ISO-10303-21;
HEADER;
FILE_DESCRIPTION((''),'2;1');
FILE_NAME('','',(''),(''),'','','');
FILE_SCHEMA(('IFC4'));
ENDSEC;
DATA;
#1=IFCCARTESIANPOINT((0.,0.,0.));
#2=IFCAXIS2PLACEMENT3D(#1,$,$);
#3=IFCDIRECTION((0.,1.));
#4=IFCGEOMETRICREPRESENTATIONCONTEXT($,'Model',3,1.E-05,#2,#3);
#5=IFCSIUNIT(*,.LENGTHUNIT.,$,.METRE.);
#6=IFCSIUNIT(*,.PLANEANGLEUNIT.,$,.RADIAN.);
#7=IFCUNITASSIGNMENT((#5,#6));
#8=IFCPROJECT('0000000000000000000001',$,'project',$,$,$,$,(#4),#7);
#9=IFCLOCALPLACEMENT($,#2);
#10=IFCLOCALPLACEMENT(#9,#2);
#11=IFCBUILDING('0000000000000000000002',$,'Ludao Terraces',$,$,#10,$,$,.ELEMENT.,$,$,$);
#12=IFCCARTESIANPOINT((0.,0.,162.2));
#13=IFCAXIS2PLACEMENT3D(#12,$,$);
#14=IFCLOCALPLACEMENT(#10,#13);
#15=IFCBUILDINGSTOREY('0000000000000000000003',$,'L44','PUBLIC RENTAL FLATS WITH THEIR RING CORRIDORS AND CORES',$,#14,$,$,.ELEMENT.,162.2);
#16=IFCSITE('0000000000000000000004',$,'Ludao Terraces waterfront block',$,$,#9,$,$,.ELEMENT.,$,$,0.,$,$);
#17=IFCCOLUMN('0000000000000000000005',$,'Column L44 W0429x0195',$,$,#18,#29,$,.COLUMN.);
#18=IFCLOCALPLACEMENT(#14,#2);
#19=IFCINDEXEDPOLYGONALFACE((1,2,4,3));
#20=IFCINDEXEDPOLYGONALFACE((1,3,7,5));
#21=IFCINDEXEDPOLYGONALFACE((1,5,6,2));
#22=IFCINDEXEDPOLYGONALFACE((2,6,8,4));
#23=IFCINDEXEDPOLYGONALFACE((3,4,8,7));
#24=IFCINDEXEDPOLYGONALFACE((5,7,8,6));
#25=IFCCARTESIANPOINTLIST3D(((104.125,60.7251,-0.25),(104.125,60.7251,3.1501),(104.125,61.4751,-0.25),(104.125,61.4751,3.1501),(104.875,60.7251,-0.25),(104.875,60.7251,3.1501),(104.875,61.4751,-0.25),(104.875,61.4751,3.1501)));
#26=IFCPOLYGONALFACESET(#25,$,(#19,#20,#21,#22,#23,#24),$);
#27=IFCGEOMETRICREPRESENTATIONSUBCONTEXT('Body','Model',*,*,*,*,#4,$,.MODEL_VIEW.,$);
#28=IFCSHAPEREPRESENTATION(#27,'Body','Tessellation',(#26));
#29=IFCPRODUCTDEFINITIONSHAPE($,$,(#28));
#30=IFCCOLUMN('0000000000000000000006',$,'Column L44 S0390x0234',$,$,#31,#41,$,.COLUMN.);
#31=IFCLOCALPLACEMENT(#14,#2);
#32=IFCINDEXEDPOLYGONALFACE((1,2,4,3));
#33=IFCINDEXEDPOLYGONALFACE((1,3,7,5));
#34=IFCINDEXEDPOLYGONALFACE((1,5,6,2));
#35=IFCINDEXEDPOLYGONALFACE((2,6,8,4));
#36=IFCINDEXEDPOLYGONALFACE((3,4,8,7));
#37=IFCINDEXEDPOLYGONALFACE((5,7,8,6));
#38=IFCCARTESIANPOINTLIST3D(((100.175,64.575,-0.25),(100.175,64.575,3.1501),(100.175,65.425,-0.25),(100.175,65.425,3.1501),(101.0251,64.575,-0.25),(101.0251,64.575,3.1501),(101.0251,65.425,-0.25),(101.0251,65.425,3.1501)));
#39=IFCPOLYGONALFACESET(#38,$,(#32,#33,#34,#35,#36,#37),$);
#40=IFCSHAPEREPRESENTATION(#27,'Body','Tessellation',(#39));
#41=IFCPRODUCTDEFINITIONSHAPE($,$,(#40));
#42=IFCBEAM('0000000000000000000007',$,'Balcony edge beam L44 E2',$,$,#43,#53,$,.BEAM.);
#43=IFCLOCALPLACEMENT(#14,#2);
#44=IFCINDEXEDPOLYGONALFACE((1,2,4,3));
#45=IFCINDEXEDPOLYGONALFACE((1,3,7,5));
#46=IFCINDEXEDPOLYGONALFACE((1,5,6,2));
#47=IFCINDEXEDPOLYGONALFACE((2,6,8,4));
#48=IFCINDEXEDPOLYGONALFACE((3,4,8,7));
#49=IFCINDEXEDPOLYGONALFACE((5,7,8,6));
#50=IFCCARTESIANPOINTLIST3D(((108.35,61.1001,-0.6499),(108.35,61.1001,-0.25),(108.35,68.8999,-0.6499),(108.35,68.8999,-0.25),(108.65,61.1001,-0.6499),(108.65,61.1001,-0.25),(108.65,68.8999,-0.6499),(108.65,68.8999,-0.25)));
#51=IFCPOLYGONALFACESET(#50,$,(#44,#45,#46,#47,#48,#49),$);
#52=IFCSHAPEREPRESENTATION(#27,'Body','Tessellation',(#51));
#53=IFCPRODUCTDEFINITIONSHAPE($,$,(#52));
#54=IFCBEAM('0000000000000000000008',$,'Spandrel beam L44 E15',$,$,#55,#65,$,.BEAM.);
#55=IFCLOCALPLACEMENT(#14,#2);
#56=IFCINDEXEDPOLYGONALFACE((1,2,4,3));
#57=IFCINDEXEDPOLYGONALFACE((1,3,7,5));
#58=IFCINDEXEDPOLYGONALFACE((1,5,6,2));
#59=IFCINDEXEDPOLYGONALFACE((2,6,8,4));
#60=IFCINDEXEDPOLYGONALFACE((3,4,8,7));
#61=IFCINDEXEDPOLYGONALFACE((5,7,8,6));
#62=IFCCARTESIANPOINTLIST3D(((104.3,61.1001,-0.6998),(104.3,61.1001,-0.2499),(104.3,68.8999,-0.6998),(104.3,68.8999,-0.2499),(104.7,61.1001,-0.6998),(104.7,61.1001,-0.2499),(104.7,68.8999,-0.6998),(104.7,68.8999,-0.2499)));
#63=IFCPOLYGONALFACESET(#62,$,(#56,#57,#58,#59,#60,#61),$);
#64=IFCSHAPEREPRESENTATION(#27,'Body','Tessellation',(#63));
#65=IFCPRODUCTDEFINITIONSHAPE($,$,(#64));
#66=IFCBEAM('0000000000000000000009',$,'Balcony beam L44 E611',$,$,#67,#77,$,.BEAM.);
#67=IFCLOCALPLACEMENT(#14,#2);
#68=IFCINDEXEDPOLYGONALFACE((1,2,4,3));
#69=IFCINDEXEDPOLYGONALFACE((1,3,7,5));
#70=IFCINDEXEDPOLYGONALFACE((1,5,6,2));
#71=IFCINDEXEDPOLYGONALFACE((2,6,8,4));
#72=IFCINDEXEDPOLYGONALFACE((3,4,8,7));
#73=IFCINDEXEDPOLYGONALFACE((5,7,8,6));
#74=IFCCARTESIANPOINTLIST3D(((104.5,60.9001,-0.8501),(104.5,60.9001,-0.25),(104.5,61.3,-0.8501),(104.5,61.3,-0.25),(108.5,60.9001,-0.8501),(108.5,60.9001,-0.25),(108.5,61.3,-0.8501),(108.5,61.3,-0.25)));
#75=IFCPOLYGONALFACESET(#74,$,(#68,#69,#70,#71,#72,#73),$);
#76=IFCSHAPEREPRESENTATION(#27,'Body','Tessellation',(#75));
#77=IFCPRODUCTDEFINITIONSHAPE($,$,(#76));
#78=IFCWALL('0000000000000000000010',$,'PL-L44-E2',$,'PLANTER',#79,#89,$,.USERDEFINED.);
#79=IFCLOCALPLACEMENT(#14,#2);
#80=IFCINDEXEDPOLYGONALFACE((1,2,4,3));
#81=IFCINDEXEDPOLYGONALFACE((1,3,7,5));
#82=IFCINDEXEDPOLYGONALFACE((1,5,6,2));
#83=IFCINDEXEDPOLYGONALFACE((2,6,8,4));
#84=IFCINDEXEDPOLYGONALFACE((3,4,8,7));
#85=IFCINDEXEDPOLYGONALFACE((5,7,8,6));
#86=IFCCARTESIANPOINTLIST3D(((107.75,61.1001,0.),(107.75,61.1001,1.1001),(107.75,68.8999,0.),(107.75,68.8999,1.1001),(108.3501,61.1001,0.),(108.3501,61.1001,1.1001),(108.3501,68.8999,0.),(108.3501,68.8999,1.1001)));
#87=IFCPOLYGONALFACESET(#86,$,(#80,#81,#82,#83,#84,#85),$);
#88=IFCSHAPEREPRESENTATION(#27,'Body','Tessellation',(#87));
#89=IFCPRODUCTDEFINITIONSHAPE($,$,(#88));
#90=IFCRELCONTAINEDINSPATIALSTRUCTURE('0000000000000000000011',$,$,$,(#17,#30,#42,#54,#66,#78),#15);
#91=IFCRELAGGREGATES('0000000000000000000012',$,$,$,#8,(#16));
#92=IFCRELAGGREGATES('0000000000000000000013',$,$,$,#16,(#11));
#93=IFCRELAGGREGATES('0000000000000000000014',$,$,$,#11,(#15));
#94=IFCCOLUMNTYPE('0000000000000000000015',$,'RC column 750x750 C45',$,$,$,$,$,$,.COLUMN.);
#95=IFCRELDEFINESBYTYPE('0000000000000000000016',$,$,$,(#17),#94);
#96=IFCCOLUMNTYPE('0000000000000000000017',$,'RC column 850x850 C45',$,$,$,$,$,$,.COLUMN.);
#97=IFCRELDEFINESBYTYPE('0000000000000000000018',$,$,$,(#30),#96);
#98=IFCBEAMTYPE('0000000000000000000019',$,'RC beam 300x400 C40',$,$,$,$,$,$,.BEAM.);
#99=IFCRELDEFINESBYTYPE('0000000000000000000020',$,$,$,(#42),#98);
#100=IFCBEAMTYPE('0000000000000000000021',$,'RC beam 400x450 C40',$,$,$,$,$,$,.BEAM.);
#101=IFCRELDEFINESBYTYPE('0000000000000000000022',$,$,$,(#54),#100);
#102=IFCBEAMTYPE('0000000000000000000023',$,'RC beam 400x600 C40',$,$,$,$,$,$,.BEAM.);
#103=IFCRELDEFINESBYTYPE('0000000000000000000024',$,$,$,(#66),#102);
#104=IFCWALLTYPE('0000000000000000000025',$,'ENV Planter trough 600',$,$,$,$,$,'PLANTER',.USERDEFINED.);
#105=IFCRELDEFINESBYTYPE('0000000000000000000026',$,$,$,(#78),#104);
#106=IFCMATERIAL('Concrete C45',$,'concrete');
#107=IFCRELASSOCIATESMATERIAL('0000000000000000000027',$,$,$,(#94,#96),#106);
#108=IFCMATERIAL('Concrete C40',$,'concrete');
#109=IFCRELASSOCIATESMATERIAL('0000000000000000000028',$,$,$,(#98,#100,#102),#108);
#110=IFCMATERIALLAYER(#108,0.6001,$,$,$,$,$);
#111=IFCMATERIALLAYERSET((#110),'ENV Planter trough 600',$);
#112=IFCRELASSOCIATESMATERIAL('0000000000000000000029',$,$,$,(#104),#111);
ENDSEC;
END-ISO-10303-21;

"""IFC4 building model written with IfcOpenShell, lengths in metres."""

from ifc_helpers import new_model, si_unit, direction, frame, frame_2d, origin, origin_2d, place, context, subcontext, project, spatial, rectangle, extrude, material, layer, layer_set, material_profile, profile_set, type_object, element, save


model = new_model("IFC4")

# Units and contexts
model_context = context("Model", 3, precision=1e-05, world=origin(), true_north=direction((0.0, 1.0)))
body_context = subcontext(model_context, "Body", "Model", "MODEL_VIEW")
ifc_project = project(units=[si_unit("LENGTHUNIT", "METRE"), si_unit("PLANEANGLEUNIT", "RADIAN")], contexts=[model_context])

# Site, building, storey
site_placement = place(None, origin())
site = spatial("IfcSite", under=ifc_project, at=site_placement, Name="Ludao Terraces waterfront block", CompositionType="ELEMENT", RefElevation=0.0)
building_placement = place(site_placement, origin())
building = spatial("IfcBuilding", under=site, at=building_placement, Name="Ludao Terraces", CompositionType="ELEMENT")
storey_placement = place(building_placement, frame((0.0, 0.0, 162.2)))
storey = spatial("IfcBuildingStorey", under=building, at=storey_placement, Name="L44", Description="PUBLIC RENTAL FLATS WITH THEIR RING CORRIDORS AND CORES", CompositionType="ELEMENT", Elevation=162.2)

# Columns
ifc_material_1 = material(Name="Concrete C45", Category="concrete")
ifc_material_profile_1 = material_profile(ifc_material_1, rectangle(XDim=0.75, YDim=0.75, at=origin_2d()), Name="750 X 750")
ifc_profile_set_1 = profile_set([ifc_material_profile_1], Name="Concrete C45")
column_type_1 = type_object("IfcColumnType", Name="RC column 750x750 C45", PredefinedType="COLUMN", material=ifc_profile_set_1)
column_1_placement = place(storey_placement, frame((104.5, 61.1001, -0.25), z_axis=(0.0, 0.0, 1.0), x_axis=(1.0, 0.0, 0.0)))
element("IfcColumn", 1, at=column_1_placement, inside=storey, type_object=column_type_1, Name="Column L44 W0429x0195", PredefinedType="COLUMN", context=body_context, shape_type="SweptSolid", body=[
    extrude(rectangle(XDim=0.75, YDim=0.75, at=origin_2d()), origin(), (0.0, 0.0, 1.0), 3.4001),
])
ifc_material_profile_2 = material_profile(ifc_material_1, rectangle(XDim=0.8501, YDim=0.8501, at=origin_2d()), Name="850 X 850")
ifc_profile_set_2 = profile_set([ifc_material_profile_2], Name="Concrete C45")
column_type_2 = type_object("IfcColumnType", Name="RC column 850x850 C45", PredefinedType="COLUMN", material=ifc_profile_set_2)
column_2_placement = place(storey_placement, frame((100.6001, 65.0, -0.25), z_axis=(0.0, 0.0, 1.0), x_axis=(1.0, 0.0, 0.0)))
element("IfcColumn", 2, at=column_2_placement, inside=storey, type_object=column_type_2, Name="Column L44 S0390x0234", PredefinedType="COLUMN", context=body_context, shape_type="SweptSolid", body=[
    extrude(rectangle(XDim=0.8501, YDim=0.8501, at=origin_2d()), origin(), (0.0, 0.0, 1.0), 3.4001),
])

# Beams
ifc_material_2 = material(Name="Concrete C40", Category="concrete")
ifc_material_profile_3 = material_profile(ifc_material_2, rectangle(XDim=0.3, YDim=0.3999, at=origin_2d()), Name="300 X 400")
ifc_profile_set_3 = profile_set([ifc_material_profile_3], Name="Concrete C40")
beam_type_1 = type_object("IfcBeamType", Name="RC beam 300x400 C40", PredefinedType="BEAM", material=ifc_profile_set_3)
beam_1_placement = place(storey_placement, frame((108.5, 61.1001, -0.45), z_axis=(0.0, 1.0, 0.0), x_axis=(-1.0, 0.0, 0.0)))
element("IfcBeam", 3, at=beam_1_placement, inside=storey, type_object=beam_type_1, Name="Balcony edge beam L44 E2", PredefinedType="BEAM", context=body_context, shape_type="SweptSolid", body=[
    extrude(rectangle(XDim=0.3, YDim=0.3999, at=origin_2d()), origin(), (0.0, 0.0, 1.0), 7.7998),
])
ifc_material_profile_4 = material_profile(ifc_material_2, rectangle(XDim=0.3999, YDim=0.45, at=origin_2d()), Name="400 X 450")
ifc_profile_set_4 = profile_set([ifc_material_profile_4], Name="Concrete C40")
beam_type_2 = type_object("IfcBeamType", Name="RC beam 400x450 C40", PredefinedType="BEAM", material=ifc_profile_set_4)
beam_2_placement = place(storey_placement, frame((104.5, 61.1001, -0.4749), z_axis=(0.0, 1.0, 0.0), x_axis=(-1.0, 0.0, 0.0)))
element("IfcBeam", 4, at=beam_2_placement, inside=storey, type_object=beam_type_2, Name="Spandrel beam L44 E15", PredefinedType="BEAM", context=body_context, shape_type="SweptSolid", body=[
    extrude(rectangle(XDim=0.3999, YDim=0.45, at=origin_2d()), origin(), (0.0, 0.0, 1.0), 7.7998),
])
ifc_material_profile_5 = material_profile(ifc_material_2, rectangle(XDim=0.3999, YDim=0.6001, at=origin_2d()), Name="400 X 600")
ifc_profile_set_5 = profile_set([ifc_material_profile_5], Name="Concrete C40")
beam_type_3 = type_object("IfcBeamType", Name="RC beam 400x600 C40", PredefinedType="BEAM", material=ifc_profile_set_5)
beam_3_placement = place(storey_placement, frame((104.5, 61.1001, -0.55), z_axis=(1.0, 0.0, 0.0), x_axis=(0.0, 1.0, 0.0)))
element("IfcBeam", 5, at=beam_3_placement, inside=storey, type_object=beam_type_3, Name="Balcony beam L44 E611", PredefinedType="BEAM", context=body_context, shape_type="SweptSolid", body=[
    extrude(rectangle(XDim=0.3999, YDim=0.6001, at=origin_2d()), origin(), (0.0, 0.0, 1.0), 4.0),
])

# Wall
ifc_layer_1 = layer(ifc_material_2, 0.6001)
ifc_layer_set_1 = layer_set([ifc_layer_1], Name="ENV Planter trough 600")
wall_type_1 = type_object("IfcWallType", Name="ENV Planter trough 600", ElementType="PLANTER", PredefinedType="USERDEFINED", material=ifc_layer_set_1)
wall_1_placement = place(storey_placement, frame((108.05, 61.1001, 0.0), z_axis=(0.0, 0.0, 1.0), x_axis=(0.0, 1.0, 0.0)))
element("IfcWall", 6, at=wall_1_placement, inside=storey, type_object=wall_type_1, Name="PL-L44-E2", ObjectType="PLANTER", PredefinedType="USERDEFINED", context=body_context, shape_type="SweptSolid", body=[
    extrude(rectangle(XDim=7.7998, YDim=0.6001, at=frame_2d((3.8999, 0.0))), origin(), (0.0, 0.0, 1.0), 1.1001),
])

save(model, "model.ifc")
